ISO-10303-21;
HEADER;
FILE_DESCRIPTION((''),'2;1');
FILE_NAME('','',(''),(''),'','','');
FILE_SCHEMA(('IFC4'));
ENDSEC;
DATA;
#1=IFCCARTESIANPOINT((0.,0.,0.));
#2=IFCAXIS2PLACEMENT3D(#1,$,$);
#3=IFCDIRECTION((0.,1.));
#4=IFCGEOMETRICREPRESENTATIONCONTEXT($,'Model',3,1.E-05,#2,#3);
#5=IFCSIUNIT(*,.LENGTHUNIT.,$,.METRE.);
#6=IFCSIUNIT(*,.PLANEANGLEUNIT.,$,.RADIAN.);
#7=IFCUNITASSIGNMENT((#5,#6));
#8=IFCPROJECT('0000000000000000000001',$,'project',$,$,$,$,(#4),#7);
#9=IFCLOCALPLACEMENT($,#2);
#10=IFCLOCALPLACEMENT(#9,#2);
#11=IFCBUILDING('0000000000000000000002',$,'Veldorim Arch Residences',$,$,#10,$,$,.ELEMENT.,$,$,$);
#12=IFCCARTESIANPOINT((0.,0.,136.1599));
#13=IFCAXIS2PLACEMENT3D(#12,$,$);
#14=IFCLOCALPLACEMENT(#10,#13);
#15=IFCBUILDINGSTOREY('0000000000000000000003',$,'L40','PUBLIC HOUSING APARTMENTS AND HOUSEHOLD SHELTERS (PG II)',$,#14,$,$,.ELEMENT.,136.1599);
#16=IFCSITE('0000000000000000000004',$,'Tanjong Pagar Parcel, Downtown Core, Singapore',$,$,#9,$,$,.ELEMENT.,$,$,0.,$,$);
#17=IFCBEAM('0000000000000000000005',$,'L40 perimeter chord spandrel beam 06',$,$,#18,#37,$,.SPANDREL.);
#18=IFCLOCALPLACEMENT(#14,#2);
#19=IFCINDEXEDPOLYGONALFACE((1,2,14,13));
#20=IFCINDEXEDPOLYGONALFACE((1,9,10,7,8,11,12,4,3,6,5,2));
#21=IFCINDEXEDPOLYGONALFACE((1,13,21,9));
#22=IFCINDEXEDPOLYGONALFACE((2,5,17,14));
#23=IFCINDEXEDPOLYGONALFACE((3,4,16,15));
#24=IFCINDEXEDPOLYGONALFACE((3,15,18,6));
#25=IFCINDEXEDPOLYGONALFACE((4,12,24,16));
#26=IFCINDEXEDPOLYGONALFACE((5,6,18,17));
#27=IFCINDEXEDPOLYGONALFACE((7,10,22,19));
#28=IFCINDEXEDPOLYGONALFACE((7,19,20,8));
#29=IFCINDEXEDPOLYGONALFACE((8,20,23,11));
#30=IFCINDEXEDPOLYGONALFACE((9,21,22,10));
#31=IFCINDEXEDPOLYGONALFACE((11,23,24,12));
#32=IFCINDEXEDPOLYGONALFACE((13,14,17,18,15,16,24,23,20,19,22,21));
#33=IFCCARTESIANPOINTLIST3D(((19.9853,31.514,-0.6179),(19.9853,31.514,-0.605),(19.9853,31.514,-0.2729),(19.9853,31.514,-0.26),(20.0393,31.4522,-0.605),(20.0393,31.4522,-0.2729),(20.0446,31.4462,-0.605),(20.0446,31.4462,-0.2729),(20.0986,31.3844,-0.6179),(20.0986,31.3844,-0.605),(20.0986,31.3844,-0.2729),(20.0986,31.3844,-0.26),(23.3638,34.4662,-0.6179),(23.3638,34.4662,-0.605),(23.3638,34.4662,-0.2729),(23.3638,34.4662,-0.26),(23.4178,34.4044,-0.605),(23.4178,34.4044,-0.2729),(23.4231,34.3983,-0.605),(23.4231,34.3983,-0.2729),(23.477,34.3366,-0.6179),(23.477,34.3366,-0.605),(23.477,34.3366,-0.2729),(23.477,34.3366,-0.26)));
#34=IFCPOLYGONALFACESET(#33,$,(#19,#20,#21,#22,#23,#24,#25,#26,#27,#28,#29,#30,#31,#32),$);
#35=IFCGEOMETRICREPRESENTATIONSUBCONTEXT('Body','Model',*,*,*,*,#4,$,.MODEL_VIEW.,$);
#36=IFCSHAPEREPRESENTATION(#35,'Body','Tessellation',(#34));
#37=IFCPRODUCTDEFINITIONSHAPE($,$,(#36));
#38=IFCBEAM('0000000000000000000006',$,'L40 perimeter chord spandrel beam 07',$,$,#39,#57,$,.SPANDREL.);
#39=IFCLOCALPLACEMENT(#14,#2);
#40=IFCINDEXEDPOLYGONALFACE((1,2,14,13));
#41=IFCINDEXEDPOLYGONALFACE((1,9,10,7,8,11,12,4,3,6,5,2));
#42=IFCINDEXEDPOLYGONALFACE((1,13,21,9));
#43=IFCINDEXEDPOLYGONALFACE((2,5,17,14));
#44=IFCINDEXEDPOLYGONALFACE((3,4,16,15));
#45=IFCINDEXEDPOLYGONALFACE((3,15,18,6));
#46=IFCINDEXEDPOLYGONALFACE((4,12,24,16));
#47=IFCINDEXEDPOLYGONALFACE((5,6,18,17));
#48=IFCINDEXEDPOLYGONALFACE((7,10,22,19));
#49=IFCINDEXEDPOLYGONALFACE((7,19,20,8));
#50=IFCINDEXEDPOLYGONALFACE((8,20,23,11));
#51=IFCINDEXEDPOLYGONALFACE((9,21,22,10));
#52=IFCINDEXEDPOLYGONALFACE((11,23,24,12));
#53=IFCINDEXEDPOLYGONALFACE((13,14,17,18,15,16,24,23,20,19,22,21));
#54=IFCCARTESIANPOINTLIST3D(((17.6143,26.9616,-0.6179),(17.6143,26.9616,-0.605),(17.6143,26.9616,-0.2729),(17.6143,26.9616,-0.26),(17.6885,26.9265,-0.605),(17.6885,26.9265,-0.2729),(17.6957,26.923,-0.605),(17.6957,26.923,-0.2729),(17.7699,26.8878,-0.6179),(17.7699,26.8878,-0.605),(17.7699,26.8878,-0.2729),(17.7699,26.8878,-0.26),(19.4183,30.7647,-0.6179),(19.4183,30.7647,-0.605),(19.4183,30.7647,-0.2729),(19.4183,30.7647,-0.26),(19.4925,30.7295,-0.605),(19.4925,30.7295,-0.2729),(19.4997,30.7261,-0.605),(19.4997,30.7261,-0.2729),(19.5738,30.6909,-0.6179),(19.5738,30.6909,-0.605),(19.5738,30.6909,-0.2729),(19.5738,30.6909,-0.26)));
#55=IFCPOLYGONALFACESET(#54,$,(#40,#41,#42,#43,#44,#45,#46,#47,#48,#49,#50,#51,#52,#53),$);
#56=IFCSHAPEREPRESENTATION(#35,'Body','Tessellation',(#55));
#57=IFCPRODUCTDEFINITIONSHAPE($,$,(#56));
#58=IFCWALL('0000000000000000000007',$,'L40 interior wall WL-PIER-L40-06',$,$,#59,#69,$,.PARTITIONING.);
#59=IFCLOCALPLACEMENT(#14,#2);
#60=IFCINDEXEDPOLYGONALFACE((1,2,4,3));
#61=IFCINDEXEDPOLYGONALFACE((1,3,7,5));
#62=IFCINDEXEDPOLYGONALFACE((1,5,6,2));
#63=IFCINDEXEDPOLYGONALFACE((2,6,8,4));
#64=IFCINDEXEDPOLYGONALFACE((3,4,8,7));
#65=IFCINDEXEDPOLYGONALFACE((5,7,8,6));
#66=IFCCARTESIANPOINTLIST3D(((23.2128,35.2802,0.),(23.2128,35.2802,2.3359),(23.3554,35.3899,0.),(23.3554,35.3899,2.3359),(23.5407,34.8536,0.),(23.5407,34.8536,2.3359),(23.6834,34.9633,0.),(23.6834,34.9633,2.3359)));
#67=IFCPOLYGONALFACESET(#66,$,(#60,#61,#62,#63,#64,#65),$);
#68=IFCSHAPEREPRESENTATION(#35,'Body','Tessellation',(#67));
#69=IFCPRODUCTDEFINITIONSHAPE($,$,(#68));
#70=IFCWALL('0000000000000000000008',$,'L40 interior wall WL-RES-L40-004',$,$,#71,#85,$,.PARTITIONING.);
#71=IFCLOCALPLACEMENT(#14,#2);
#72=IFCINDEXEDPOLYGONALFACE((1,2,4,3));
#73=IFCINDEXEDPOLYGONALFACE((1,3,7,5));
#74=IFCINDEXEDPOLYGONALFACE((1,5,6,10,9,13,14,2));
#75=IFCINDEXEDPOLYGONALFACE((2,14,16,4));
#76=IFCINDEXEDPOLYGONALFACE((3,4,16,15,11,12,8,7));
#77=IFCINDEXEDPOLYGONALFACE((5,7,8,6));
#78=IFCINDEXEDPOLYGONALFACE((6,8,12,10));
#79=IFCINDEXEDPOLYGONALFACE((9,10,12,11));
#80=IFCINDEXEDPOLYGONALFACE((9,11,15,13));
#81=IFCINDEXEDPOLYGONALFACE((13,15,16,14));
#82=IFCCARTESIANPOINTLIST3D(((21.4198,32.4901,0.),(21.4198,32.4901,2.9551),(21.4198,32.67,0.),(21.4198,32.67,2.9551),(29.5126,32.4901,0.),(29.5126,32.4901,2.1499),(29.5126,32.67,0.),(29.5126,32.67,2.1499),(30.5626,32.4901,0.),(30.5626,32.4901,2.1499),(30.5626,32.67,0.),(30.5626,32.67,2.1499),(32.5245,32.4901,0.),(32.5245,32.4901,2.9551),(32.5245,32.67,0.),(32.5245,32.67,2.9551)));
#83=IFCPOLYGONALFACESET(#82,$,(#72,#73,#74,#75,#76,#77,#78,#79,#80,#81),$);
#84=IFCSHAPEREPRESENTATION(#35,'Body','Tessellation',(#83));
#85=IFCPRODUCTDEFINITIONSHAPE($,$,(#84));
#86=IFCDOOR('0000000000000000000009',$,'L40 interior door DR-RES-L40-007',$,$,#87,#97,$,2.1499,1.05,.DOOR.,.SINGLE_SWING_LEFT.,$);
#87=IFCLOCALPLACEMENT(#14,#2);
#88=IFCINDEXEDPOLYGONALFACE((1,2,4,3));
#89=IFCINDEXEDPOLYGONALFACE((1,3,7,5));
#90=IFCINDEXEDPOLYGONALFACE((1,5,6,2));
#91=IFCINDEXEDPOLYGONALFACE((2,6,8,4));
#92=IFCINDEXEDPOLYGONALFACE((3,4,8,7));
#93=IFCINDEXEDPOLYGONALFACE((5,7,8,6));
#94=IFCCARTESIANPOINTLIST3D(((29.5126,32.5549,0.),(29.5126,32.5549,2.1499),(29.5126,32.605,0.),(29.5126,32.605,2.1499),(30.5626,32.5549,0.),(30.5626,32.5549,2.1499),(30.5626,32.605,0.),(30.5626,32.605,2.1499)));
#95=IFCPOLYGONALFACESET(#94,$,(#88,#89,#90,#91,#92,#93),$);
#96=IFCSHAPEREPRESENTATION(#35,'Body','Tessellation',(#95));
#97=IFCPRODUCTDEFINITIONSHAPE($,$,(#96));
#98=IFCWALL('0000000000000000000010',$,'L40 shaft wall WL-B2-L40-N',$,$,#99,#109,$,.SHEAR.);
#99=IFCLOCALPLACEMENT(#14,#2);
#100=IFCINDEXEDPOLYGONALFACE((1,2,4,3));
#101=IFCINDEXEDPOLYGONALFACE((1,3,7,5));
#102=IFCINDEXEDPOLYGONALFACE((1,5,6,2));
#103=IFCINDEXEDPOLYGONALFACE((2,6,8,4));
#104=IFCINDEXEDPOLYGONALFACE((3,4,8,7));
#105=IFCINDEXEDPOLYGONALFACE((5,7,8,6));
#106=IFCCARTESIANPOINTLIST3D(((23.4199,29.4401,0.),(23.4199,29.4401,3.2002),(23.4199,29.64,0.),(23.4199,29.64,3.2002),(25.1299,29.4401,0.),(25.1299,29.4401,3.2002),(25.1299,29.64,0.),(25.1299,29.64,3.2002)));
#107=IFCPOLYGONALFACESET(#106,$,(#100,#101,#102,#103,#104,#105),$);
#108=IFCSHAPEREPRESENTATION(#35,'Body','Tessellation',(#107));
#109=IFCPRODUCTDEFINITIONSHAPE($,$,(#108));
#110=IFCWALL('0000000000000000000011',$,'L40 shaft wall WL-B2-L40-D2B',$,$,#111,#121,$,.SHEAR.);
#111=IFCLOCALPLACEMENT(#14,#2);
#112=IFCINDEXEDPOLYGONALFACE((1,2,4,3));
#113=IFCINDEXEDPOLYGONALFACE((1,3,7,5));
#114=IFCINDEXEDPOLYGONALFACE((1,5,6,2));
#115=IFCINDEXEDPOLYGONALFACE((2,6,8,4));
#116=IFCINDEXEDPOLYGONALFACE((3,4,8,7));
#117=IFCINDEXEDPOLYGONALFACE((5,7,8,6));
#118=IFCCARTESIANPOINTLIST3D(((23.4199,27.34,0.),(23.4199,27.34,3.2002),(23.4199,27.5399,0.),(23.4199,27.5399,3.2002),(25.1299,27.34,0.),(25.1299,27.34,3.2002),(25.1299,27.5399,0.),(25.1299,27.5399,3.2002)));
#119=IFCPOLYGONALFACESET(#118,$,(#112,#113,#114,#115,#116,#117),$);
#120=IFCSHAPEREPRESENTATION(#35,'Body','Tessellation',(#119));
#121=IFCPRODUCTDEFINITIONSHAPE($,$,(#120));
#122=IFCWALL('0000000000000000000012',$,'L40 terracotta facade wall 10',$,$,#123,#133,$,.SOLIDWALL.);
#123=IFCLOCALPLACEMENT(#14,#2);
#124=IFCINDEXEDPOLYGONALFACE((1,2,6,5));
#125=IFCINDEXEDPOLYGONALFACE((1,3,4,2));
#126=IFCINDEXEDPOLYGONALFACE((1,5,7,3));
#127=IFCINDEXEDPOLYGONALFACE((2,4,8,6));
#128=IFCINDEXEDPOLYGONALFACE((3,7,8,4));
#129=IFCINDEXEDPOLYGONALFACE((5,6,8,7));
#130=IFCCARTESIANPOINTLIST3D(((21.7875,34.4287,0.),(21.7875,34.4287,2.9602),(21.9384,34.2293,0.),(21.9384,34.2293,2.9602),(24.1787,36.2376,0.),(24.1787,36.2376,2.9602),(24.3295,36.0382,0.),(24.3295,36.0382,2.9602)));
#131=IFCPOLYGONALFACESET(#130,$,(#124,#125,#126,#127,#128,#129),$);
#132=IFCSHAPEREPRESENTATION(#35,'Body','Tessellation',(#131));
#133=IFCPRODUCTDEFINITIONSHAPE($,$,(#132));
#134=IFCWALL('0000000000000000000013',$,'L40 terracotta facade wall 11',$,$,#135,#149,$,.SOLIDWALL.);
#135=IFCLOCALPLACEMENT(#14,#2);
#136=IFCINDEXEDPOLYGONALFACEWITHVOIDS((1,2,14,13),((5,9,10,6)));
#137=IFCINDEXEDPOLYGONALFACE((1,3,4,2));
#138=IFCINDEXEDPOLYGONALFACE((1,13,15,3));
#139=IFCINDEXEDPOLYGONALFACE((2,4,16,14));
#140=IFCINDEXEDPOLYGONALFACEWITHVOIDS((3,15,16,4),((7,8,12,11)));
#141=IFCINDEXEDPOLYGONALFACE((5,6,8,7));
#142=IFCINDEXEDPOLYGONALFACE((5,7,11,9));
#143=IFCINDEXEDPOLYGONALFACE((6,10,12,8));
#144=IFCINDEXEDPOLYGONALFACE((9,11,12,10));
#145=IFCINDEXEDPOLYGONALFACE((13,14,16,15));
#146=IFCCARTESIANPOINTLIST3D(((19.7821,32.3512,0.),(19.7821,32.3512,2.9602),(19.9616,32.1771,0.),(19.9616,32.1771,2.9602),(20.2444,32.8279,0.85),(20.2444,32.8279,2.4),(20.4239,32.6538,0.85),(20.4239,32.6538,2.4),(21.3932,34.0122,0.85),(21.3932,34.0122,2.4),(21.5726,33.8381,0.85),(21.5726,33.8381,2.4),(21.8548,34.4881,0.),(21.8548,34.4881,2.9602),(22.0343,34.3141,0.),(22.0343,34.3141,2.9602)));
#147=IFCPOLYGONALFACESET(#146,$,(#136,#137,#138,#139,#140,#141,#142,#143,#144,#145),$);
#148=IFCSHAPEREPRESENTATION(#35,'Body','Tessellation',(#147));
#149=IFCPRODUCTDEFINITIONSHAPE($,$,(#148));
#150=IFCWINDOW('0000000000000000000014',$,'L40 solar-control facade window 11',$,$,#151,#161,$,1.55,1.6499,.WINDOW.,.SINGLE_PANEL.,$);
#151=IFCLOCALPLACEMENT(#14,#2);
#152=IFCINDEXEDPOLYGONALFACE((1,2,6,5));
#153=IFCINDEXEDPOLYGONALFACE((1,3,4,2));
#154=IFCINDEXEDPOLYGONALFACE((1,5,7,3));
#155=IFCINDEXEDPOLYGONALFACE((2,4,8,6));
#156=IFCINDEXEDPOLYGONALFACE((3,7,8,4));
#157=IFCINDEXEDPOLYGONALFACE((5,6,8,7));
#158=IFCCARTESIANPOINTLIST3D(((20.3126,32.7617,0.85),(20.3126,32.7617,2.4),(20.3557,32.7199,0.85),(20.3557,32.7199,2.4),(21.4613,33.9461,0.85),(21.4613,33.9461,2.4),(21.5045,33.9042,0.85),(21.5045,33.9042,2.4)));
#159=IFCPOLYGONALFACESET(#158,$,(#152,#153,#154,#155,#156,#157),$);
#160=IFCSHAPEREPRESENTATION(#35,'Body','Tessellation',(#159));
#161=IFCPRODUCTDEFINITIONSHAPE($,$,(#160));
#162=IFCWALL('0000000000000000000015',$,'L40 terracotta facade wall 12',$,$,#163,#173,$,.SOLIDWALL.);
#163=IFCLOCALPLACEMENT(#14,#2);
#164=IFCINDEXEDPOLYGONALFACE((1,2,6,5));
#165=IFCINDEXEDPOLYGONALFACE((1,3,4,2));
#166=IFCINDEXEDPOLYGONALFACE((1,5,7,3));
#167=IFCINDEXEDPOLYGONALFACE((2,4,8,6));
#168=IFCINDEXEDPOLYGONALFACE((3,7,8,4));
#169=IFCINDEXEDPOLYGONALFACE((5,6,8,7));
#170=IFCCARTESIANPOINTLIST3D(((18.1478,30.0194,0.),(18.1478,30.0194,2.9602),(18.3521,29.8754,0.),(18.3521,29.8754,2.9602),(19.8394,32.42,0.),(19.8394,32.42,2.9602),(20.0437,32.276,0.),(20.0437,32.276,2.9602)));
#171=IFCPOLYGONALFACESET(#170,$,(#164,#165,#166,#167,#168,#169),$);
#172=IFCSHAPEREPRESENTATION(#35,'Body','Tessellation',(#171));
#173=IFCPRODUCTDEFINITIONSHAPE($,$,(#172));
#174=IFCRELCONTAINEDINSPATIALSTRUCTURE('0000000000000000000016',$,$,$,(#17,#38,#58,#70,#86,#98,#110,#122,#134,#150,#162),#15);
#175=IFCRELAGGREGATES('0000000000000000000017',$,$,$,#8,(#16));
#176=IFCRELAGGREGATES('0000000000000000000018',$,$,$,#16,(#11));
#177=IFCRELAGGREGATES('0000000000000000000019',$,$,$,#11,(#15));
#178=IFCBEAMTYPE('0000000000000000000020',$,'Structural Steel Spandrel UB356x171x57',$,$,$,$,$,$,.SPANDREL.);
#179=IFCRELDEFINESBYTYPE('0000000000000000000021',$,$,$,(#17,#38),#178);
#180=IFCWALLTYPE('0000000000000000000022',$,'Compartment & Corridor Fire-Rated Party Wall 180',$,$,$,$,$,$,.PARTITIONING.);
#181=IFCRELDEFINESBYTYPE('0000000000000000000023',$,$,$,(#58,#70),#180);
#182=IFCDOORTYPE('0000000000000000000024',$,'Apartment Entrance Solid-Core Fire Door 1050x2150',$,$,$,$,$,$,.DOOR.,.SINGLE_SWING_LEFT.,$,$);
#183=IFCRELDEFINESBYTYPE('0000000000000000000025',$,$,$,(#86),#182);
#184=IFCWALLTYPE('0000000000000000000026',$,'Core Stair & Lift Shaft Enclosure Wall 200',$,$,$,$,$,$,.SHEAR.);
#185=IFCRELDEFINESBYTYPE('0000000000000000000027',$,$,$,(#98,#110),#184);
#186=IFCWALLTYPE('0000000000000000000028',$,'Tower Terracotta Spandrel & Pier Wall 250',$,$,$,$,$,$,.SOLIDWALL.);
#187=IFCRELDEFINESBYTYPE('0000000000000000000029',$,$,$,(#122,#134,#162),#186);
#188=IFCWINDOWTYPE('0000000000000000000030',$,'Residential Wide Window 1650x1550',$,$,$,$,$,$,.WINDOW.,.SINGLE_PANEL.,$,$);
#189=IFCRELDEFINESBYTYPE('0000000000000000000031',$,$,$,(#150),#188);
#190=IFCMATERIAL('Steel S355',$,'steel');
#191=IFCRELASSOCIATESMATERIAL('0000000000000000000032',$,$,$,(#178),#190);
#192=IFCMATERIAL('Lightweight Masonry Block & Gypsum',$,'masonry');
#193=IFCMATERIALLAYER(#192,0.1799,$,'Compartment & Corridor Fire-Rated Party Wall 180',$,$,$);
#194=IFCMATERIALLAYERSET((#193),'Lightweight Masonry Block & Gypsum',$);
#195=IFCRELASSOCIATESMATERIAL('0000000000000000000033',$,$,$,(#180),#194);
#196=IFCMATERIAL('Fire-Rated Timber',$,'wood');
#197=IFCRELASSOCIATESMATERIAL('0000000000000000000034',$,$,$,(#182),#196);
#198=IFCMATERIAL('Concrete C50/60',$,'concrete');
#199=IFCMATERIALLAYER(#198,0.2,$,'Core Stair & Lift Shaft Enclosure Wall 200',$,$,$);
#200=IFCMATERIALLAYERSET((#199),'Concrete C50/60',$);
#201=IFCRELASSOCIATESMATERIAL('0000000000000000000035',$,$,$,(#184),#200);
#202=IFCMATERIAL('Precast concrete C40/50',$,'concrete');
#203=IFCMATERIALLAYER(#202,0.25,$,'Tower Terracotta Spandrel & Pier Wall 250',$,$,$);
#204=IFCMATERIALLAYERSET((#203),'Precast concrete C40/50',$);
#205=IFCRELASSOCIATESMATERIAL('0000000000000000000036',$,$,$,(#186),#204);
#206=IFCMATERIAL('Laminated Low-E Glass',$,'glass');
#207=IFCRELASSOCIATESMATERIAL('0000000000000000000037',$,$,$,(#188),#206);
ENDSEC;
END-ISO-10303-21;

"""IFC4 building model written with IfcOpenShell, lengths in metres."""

from ifc_helpers import new_model, si_unit, direction, frame, frame_2d, origin, origin_2d, place, context, subcontext, project, spatial, rectangle, i_section, extrude, material, layer, layer_set, material_profile, profile_set, type_object, element, fill, save


model = new_model("IFC4")

# Units and contexts
model_context = context("Model", 3, precision=1e-05, world=origin(), true_north=direction((0.0, 1.0)))
body_context = subcontext(model_context, "Body", "Model", "MODEL_VIEW")
ifc_project = project(units=[si_unit("LENGTHUNIT", "METRE"), si_unit("PLANEANGLEUNIT", "RADIAN")], contexts=[model_context])

# Site, building, storey
site_placement = place(None, origin())
site = spatial("IfcSite", under=ifc_project, at=site_placement, Name="Tanjong Pagar Parcel, Downtown Core, Singapore", CompositionType="ELEMENT", RefElevation=0.0)
building_placement = place(site_placement, origin())
building = spatial("IfcBuilding", under=site, at=building_placement, Name="Veldorim Arch Residences", CompositionType="ELEMENT")
storey_placement = place(building_placement, frame((0.0, 0.0, 136.1599)))
storey = spatial("IfcBuildingStorey", under=building, at=storey_placement, Name="L40", Description="PUBLIC HOUSING APARTMENTS AND HOUSEHOLD SHELTERS (PG II)", CompositionType="ELEMENT", Elevation=136.1599)

# Beams
ifc_material_1 = material(Name="Steel S355", Category="steel")
ifc_material_profile_1 = material_profile(ifc_material_1, i_section(OverallWidth=0.1721, OverallDepth=0.3579, WebThickness=0.0081, FlangeThickness=0.0129, at=origin_2d()), Name="UB356x171x57")
ifc_profile_set_1 = profile_set([ifc_material_profile_1], Name="Steel S355")
beam_type_1 = type_object("IfcBeamType", Name="Structural Steel Spandrel UB356x171x57", PredefinedType="SPANDREL", material=ifc_profile_set_1)
beam_1_placement = place(storey_placement, frame((23.4204, 34.4014, -0.439), z_axis=(-0.753015, -0.658004, 0.0), x_axis=(0.658004, -0.753015, 0.0)))
element("IfcBeam", 1, at=beam_1_placement, inside=storey, type_object=beam_type_1, Name="L40 perimeter chord spandrel beam 06", PredefinedType="SPANDREL", context=body_context, shape_type="SweptSolid", body=[
    extrude(i_section(OverallWidth=0.1721, OverallDepth=0.3579, WebThickness=0.0081, FlangeThickness=0.0129, at=origin_2d()), origin(), (0.0, 0.0, 1.0), 4.4866),
])
beam_2_placement = place(storey_placement, frame((19.4961, 30.7278, -0.439), z_axis=(-0.42858, -0.903504, 0.0), x_axis=(0.903504, -0.42858, 0.0)))
element("IfcBeam", 2, at=beam_2_placement, inside=storey, type_object=beam_type_1, Name="L40 perimeter chord spandrel beam 07", PredefinedType="SPANDREL", context=body_context, shape_type="SweptSolid", body=[
    extrude(i_section(OverallWidth=0.1721, OverallDepth=0.3579, WebThickness=0.0081, FlangeThickness=0.0129, at=origin_2d()), origin(), (0.0, 0.0, 1.0), 4.2092),
])

# Wall
ifc_material_2 = material(Name="Lightweight Masonry Block & Gypsum", Category="masonry")
ifc_layer_1 = layer(ifc_material_2, 0.1799, Name="Compartment & Corridor Fire-Rated Party Wall 180")
ifc_layer_set_1 = layer_set([ifc_layer_1], Name="Lightweight Masonry Block & Gypsum")
wall_type_1 = type_object("IfcWallType", Name="Compartment & Corridor Fire-Rated Party Wall 180", PredefinedType="PARTITIONING", material=ifc_layer_set_1)
wall_1_placement = place(storey_placement, frame((23.6121, 34.9084, 0.0), z_axis=(0.0, 0.0, 1.0), x_axis=(-0.609469, 0.79281, 0.0)))
element("IfcWall", 3, at=wall_1_placement, inside=storey, type_object=wall_type_1, Name="L40 interior wall WL-PIER-L40-06", PredefinedType="PARTITIONING", context=body_context, shape_type="SweptSolid", body=[
    extrude(rectangle(XDim=0.5381, YDim=0.1799, at=frame_2d((0.269, 0.0))), origin(), (0.0, 0.0, 1.0), 2.3359),
])

# Wall, opening, door
wall_2_placement = place(storey_placement, frame((21.4199, 32.5801, 0.0), z_axis=(0.0, 0.0, 1.0), x_axis=(1.0, 0.0, 0.0)))
wall_2 = element("IfcWall", 4, at=wall_2_placement, inside=storey, type_object=wall_type_1, Name="L40 interior wall WL-RES-L40-004", PredefinedType="PARTITIONING", context=body_context, shape_type="SweptSolid", body=[
    extrude(rectangle(XDim=11.1047, YDim=0.1799, at=frame_2d((5.5522, 0.0))), origin(), (0.0, 0.0, 1.0), 2.9551),
])
opening_1_placement = place(wall_2_placement, frame((8.0928, 0.0, 0.0)))
opening_1 = element("IfcOpeningElement", 5, at=opening_1_placement, cuts=wall_2, PredefinedType="OPENING", context=body_context, shape_type="SweptSolid", body=[
    extrude(rectangle(XDim=1.05, YDim=2.1499, at=frame_2d((0.5249, 1.075))), frame((0.0, 0.0999, 0.0), z_axis=(0.0, -1.0, 0.0), x_axis=(1.0, 0.0, 0.0)), (0.0, 0.0, 1.0), 0.2),
])
ifc_material_3 = material(Name="Fire-Rated Timber", Category="wood")
door_type_1 = type_object("IfcDoorType", Name="Apartment Entrance Solid-Core Fire Door 1050x2150", OperationType="SINGLE_SWING_LEFT", PredefinedType="DOOR", material=ifc_material_3)
door_1_placement = place(opening_1_placement, origin())
door_1 = element("IfcDoor", 6, at=door_1_placement, inside=storey, type_object=door_type_1, Name="L40 interior door DR-RES-L40-007", OperationType="SINGLE_SWING_LEFT", OverallHeight=2.1499, OverallWidth=1.05, PredefinedType="DOOR", context=body_context, shape_type="SweptSolid", body=[
    extrude(rectangle(XDim=1.05, YDim=2.1499, at=frame_2d((0.5249, 1.075))), frame((0.0, 0.0249, 0.0), z_axis=(0.0, -1.0, 0.0), x_axis=(1.0, 0.0, 0.0)), (0.0, 0.0, 1.0), 0.05),
])
fill(opening_1, door_1)

# Walls
ifc_material_4 = material(Name="Concrete C50/60", Category="concrete")
ifc_layer_2 = layer(ifc_material_4, 0.2, Name="Core Stair & Lift Shaft Enclosure Wall 200")
ifc_layer_set_2 = layer_set([ifc_layer_2], Name="Concrete C50/60")
wall_type_2 = type_object("IfcWallType", Name="Core Stair & Lift Shaft Enclosure Wall 200", PredefinedType="SHEAR", material=ifc_layer_set_2)
for number, where, z_axis, x_axis, name in (
    (7, (23.4199, 29.54, 0.0), (0.0, 0.0, 1.0), (1.0, 0.0, 0.0), "L40 shaft wall WL-B2-L40-N"),
    (8, (23.4199, 27.4399, 0.0), (0.0, 0.0, 1.0), (1.0, 0.0, 0.0), "L40 shaft wall WL-B2-L40-D2B"),
):
    element("IfcWall", number, at=place(storey_placement, frame(where, z_axis=z_axis, x_axis=x_axis)), inside=storey, type_object=wall_type_2, Name=name, PredefinedType="SHEAR", context=body_context, shape_type="SweptSolid", body=[
        extrude(rectangle(XDim=1.71, YDim=0.2, at=frame_2d((0.855, 0.0))), origin(), (0.0, 0.0, 1.0), 3.2002),
    ])

# Wall
ifc_material_5 = material(Name="Precast concrete C40/50", Category="concrete")
ifc_layer_3 = layer(ifc_material_5, 0.25, Name="Tower Terracotta Spandrel & Pier Wall 250")
ifc_layer_set_3 = layer_set([ifc_layer_3], Name="Precast concrete C40/50")
wall_type_3 = type_object("IfcWallType", Name="Tower Terracotta Spandrel & Pier Wall 250", PredefinedType="SOLIDWALL", material=ifc_layer_set_3)
wall_3_placement = place(storey_placement, frame((21.863, 34.3291, 0.0), z_axis=(0.0, 0.0, 1.0), x_axis=(0.797511, 0.603304, 0.0)))
element("IfcWall", 9, at=wall_3_placement, inside=storey, type_object=wall_type_3, Name="L40 terracotta facade wall 10", PredefinedType="SOLIDWALL", context=body_context, shape_type="SweptSolid", body=[
    extrude(rectangle(XDim=2.9983, YDim=0.25, at=frame_2d((1.499, 0.0))), origin(), (0.0, 0.0, 1.0), 2.9602),
])

# Wall, opening, window
wall_4_placement = place(storey_placement, frame((19.8718, 32.2642, 0.0), z_axis=(0.0, 0.0, 1.0), x_axis=(0.696241, 0.717808, 0.0)))
wall_4 = element("IfcWall", 10, at=wall_4_placement, inside=storey, type_object=wall_type_3, Name="L40 terracotta facade wall 11", PredefinedType="SOLIDWALL", context=body_context, shape_type="SweptSolid", body=[
    extrude(rectangle(XDim=2.9771, YDim=0.25, at=frame_2d((1.4885, 0.0))), origin(), (0.0, 0.0, 1.0), 2.9602),
])
opening_2_placement = place(wall_4_placement, frame((0.6641, 0.0, 0.8501)))
opening_2 = element("IfcOpeningElement", 11, at=opening_2_placement, cuts=wall_4, PredefinedType="OPENING", context=body_context, shape_type="SweptSolid", body=[
    extrude(rectangle(XDim=1.6499, YDim=1.55, at=frame_2d((0.825, 0.7749))), frame((0.0, 0.135, 0.0), z_axis=(0.0, -1.0, 0.0), x_axis=(1.0, 0.0, 0.0)), (0.0, 0.0, 1.0), 0.27),
])
ifc_material_6 = material(Name="Laminated Low-E Glass", Category="glass")
window_type = type_object("IfcWindowType", Name="Residential Wide Window 1650x1550", PartitioningType="SINGLE_PANEL", PredefinedType="WINDOW", material=ifc_material_6)
window_1_placement = place(opening_2_placement, origin())
window_1 = element("IfcWindow", 12, at=window_1_placement, inside=storey, type_object=window_type, Name="L40 solar-control facade window 11", OverallHeight=1.55, OverallWidth=1.6499, PartitioningType="SINGLE_PANEL", PredefinedType="WINDOW", context=body_context, shape_type="SweptSolid", body=[
    extrude(rectangle(XDim=1.6499, YDim=1.55, at=frame_2d((0.825, 0.7749))), frame((0.0, 0.03, 0.0), z_axis=(0.0, -1.0, 0.0), x_axis=(1.0, 0.0, 0.0)), (0.0, 0.0, 1.0), 0.0601),
])
fill(opening_2, window_1)

# Wall
wall_5_placement = place(storey_placement, frame((18.25, 29.9475, 0.0), z_axis=(0.0, 0.0, 1.0), x_axis=(0.57602, 0.817435, 0.0)))
element("IfcWall", 13, at=wall_5_placement, inside=storey, type_object=wall_type_3, Name="L40 terracotta facade wall 12", PredefinedType="SOLIDWALL", context=body_context, shape_type="SweptSolid", body=[
    extrude(rectangle(XDim=2.9368, YDim=0.25, at=frame_2d((1.4683, 0.0))), origin(), (0.0, 0.0, 1.0), 2.9602),
])

save(model, "model.ifc")
